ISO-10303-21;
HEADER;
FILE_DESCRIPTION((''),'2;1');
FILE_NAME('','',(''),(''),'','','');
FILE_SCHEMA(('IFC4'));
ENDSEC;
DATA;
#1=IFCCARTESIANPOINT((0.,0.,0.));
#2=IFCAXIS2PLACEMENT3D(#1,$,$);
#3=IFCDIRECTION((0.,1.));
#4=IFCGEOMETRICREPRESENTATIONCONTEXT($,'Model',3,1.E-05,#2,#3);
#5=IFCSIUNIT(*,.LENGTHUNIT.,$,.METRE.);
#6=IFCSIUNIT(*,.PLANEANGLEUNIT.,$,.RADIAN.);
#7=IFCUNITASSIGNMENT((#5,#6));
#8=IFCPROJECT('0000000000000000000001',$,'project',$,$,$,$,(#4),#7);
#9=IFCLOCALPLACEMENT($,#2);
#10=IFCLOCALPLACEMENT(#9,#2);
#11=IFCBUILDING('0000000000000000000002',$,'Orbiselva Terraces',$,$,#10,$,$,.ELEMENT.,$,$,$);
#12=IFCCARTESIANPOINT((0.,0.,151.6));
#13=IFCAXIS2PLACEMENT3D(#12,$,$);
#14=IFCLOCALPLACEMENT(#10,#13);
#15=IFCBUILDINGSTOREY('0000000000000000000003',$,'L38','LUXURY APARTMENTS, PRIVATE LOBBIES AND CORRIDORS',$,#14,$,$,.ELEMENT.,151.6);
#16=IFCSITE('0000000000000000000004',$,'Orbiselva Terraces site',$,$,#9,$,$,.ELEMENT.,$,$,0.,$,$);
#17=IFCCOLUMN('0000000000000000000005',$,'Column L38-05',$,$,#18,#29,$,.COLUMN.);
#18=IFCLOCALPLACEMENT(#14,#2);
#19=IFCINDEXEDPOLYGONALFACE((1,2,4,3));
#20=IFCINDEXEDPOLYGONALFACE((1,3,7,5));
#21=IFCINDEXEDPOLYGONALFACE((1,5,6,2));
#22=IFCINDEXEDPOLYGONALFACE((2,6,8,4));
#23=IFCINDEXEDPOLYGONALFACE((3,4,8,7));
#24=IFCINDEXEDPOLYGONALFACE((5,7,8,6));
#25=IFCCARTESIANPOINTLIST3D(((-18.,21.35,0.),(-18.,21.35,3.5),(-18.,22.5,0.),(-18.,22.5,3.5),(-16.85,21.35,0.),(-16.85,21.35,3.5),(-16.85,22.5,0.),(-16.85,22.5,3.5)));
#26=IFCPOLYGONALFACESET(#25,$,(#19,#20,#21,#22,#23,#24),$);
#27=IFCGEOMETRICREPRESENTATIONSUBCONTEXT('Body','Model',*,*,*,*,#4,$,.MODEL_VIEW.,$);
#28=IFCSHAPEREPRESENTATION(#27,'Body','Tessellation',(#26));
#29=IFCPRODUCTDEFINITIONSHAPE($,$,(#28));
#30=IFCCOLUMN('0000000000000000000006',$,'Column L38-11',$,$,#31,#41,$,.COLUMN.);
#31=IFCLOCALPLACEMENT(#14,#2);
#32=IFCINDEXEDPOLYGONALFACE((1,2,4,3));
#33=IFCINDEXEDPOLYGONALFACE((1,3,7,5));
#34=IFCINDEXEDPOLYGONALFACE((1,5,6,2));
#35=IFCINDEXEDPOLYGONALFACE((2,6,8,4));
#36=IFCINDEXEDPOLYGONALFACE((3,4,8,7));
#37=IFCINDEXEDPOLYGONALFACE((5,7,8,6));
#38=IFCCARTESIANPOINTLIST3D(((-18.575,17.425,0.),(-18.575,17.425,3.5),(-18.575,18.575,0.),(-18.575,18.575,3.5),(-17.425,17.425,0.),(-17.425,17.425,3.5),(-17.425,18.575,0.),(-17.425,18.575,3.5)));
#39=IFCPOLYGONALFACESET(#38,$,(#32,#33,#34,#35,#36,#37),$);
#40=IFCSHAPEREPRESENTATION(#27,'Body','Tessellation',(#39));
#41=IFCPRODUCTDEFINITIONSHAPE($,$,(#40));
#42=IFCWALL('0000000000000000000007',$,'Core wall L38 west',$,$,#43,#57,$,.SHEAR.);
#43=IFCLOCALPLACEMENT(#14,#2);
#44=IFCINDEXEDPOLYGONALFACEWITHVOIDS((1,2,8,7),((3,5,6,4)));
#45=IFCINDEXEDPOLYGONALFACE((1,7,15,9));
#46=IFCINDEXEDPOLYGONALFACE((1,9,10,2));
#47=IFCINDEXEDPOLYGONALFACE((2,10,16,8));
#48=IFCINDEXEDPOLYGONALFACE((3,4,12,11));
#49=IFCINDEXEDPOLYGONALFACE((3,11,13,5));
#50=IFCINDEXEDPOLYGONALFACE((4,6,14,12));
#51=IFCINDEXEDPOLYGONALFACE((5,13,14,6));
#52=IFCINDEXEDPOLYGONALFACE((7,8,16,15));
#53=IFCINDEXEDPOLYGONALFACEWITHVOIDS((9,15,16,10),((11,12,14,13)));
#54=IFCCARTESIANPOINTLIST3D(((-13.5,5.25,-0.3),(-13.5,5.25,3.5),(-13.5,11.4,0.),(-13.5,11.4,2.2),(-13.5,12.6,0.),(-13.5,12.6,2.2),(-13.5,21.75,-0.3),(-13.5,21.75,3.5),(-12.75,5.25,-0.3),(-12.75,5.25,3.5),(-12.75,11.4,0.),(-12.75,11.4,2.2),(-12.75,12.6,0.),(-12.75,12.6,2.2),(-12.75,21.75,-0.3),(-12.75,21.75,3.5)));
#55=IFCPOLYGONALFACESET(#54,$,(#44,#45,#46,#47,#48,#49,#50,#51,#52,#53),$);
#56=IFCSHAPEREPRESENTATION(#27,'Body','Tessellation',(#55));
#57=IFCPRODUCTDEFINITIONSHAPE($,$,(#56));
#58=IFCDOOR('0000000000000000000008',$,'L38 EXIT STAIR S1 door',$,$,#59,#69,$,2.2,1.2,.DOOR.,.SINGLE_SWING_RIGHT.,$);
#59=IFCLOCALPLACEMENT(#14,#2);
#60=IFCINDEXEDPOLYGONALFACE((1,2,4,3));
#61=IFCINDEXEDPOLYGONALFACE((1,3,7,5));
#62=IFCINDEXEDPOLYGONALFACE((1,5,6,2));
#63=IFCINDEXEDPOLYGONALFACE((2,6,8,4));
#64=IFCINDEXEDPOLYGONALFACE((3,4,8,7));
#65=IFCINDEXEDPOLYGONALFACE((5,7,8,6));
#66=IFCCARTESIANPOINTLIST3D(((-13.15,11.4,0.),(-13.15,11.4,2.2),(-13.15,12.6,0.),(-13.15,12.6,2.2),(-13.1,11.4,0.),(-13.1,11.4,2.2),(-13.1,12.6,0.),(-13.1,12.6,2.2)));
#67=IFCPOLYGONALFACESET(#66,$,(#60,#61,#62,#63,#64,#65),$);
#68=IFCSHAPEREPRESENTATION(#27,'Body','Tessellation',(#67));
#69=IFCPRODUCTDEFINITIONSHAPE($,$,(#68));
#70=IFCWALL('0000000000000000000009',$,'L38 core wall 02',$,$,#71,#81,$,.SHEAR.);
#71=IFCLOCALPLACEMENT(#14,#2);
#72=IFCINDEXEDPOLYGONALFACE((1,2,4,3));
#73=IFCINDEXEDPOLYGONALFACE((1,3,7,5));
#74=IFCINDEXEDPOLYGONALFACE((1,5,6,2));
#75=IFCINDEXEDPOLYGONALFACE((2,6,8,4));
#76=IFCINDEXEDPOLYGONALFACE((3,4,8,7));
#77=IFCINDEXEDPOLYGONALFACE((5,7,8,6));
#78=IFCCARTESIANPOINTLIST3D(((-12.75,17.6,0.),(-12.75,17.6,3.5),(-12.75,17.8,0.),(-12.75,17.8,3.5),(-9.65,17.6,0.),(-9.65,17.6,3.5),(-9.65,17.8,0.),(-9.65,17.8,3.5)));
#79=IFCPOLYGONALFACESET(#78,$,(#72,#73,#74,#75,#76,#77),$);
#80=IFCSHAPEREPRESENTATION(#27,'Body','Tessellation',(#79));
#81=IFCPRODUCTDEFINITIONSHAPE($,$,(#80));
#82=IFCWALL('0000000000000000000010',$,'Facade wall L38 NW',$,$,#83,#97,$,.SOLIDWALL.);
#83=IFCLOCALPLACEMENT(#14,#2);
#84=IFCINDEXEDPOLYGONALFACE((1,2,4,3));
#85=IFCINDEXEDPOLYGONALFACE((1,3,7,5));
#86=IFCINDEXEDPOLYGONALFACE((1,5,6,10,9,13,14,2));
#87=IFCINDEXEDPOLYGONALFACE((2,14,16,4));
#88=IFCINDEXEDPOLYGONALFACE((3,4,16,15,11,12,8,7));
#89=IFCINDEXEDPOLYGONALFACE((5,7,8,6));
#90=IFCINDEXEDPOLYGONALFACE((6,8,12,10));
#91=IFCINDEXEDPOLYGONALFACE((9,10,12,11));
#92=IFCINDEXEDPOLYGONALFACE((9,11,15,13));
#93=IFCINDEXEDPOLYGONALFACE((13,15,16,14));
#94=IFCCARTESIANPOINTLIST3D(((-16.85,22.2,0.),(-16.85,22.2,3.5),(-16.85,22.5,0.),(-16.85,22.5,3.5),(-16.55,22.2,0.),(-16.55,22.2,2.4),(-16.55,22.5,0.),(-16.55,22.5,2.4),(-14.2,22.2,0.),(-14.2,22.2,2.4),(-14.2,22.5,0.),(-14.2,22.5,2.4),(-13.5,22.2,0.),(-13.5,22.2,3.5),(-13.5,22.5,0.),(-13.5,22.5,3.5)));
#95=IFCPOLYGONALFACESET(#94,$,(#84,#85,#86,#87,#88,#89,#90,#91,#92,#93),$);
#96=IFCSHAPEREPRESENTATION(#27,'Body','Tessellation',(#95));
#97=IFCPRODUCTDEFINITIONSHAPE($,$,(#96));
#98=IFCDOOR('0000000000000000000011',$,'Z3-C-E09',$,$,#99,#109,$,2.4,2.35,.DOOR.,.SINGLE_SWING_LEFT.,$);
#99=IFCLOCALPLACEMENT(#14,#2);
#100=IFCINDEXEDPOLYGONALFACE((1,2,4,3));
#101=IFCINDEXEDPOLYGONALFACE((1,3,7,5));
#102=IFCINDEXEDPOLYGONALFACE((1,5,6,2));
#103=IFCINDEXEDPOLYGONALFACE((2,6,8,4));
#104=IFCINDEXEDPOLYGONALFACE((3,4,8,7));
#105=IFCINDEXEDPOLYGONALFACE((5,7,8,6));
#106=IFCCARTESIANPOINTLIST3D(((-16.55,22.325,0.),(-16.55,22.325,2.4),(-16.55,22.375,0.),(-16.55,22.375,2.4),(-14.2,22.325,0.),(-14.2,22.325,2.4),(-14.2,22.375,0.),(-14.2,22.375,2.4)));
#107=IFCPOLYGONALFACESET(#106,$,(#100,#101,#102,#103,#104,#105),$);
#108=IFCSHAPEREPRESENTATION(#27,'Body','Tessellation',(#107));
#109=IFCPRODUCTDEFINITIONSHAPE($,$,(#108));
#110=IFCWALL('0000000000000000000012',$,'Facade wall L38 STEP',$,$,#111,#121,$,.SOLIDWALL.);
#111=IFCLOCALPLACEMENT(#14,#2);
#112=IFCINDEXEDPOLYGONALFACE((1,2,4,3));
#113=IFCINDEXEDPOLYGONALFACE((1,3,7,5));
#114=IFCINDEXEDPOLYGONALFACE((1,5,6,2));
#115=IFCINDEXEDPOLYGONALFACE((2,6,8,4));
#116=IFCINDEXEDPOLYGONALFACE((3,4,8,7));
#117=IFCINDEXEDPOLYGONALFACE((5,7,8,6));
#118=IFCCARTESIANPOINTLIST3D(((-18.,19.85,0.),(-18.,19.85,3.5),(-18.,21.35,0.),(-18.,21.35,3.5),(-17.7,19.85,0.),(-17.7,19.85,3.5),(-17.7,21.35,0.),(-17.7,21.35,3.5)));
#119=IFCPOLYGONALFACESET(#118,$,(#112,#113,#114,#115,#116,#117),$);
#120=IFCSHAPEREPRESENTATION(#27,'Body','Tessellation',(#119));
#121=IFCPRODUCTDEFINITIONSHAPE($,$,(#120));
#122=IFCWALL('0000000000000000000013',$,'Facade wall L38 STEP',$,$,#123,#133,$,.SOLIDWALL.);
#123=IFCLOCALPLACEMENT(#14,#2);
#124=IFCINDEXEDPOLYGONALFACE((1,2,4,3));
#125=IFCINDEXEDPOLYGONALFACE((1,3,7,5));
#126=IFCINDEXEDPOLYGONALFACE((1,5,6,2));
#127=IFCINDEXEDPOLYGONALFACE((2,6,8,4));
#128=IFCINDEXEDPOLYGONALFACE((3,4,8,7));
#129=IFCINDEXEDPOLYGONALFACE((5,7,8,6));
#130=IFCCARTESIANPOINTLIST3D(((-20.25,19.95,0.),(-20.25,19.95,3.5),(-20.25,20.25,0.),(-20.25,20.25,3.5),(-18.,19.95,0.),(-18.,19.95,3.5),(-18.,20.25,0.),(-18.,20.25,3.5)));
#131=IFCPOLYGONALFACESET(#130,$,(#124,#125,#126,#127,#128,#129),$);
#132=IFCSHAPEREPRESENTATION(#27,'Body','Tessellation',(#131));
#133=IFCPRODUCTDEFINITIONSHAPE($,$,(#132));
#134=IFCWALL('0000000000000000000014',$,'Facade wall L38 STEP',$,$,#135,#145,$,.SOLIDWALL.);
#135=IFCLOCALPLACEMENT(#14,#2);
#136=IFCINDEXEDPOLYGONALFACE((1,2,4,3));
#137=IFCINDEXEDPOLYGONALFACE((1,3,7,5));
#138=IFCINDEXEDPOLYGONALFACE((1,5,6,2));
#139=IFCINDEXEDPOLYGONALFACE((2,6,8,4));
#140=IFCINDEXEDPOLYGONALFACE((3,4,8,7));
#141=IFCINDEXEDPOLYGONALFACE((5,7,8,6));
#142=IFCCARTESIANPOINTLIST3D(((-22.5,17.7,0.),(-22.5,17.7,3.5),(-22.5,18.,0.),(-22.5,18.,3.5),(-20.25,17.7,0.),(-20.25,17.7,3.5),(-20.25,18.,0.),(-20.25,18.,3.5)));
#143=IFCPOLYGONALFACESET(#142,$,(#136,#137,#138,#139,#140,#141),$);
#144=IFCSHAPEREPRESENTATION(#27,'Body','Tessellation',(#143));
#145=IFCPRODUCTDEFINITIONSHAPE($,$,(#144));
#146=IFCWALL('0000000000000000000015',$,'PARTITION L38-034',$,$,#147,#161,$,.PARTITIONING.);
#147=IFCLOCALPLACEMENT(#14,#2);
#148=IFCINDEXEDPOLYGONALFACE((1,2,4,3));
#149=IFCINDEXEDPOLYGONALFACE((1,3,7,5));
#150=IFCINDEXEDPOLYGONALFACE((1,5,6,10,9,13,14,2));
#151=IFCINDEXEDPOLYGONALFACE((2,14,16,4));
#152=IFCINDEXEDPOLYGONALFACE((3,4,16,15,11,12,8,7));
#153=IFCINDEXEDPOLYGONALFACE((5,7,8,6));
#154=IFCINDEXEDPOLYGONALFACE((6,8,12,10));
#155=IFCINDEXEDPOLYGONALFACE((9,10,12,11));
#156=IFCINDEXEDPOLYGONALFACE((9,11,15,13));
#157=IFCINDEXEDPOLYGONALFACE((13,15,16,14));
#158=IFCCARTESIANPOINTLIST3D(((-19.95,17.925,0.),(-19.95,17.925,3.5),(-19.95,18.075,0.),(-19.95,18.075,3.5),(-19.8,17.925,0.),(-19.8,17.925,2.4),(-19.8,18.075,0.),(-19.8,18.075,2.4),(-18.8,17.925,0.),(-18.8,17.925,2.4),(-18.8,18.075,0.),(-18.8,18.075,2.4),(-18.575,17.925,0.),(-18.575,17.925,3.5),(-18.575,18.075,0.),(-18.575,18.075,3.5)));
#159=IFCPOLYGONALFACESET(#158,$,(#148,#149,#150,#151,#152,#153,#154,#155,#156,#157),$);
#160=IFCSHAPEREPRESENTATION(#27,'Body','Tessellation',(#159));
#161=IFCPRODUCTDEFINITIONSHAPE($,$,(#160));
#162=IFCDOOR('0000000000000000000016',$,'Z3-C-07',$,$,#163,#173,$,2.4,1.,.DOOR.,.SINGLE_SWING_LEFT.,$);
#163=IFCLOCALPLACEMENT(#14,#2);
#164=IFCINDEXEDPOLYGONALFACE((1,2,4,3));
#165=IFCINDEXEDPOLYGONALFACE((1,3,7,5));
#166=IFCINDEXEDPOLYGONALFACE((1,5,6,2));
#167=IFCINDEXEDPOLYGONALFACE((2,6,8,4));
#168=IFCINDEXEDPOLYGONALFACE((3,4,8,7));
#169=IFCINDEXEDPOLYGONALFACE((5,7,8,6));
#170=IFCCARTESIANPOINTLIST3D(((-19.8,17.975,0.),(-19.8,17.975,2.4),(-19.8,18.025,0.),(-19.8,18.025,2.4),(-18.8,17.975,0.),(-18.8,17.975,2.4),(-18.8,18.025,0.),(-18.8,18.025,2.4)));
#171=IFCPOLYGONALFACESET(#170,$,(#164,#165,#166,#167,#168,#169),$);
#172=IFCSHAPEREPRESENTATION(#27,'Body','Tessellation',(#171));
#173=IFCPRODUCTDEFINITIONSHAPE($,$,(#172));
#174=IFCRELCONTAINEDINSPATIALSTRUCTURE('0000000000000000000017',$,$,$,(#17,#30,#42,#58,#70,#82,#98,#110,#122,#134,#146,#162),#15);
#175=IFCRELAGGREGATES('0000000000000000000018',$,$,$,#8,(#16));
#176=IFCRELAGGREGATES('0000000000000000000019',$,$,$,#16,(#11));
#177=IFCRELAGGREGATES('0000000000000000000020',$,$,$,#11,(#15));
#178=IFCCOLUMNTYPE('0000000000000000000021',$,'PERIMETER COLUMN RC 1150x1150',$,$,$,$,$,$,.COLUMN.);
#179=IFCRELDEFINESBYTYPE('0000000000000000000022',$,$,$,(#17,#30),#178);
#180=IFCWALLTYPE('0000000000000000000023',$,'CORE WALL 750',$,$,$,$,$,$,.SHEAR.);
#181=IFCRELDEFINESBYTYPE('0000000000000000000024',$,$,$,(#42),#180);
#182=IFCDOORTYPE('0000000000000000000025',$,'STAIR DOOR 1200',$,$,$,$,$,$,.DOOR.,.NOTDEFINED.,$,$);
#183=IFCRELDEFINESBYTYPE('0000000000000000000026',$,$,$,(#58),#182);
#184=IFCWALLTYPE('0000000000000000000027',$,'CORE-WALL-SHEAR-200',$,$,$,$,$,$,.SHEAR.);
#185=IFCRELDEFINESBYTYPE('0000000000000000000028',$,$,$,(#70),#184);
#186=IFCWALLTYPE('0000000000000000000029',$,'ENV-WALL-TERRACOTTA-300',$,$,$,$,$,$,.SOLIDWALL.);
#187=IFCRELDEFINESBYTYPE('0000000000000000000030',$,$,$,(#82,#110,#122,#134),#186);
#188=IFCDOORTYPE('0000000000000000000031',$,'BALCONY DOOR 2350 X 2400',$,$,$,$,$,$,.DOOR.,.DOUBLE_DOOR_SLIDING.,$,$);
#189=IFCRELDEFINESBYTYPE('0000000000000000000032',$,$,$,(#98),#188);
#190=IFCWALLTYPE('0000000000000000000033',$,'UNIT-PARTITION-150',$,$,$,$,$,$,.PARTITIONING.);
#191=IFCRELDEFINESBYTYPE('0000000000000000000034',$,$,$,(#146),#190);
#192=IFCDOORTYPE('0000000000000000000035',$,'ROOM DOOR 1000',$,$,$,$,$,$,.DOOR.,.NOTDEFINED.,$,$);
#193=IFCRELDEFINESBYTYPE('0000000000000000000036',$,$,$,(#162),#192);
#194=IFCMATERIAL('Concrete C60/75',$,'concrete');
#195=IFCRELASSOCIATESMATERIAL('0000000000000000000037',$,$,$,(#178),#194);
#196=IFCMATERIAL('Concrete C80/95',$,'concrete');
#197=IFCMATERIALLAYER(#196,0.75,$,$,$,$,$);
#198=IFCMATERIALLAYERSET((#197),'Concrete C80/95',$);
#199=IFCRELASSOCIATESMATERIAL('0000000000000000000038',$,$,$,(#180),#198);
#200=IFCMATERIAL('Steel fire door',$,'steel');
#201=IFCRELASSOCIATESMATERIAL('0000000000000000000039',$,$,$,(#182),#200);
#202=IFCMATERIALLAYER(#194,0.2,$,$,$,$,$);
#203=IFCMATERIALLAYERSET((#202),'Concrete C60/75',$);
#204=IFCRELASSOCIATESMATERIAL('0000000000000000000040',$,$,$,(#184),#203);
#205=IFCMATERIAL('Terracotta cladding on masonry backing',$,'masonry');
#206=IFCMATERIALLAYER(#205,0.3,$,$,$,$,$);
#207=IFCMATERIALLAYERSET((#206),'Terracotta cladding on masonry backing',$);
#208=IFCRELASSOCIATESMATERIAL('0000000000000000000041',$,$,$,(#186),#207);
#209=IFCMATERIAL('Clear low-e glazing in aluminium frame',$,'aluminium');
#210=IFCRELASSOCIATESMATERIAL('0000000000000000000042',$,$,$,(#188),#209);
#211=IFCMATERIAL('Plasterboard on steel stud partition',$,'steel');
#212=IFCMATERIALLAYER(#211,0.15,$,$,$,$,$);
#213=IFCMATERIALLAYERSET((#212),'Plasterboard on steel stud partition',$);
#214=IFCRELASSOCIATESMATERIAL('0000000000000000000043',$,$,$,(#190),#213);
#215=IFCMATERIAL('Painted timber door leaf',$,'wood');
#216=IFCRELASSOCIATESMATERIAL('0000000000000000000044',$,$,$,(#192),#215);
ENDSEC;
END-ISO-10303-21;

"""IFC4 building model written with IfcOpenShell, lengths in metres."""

from ifc_helpers import new_model, si_unit, direction, frame, frame_2d, origin, origin_2d, place, context, subcontext, project, spatial, rectangle, extrude, material, layer, layer_set, material_profile, profile_set, type_object, element, fill, save


model = new_model("IFC4")

# Units and contexts
model_context = context("Model", 3, precision=1e-05, world=origin(), true_north=direction((0.0, 1.0)))
body_context = subcontext(model_context, "Body", "Model", "MODEL_VIEW")
ifc_project = project(units=[si_unit("LENGTHUNIT", "METRE"), si_unit("PLANEANGLEUNIT", "RADIAN")], contexts=[model_context])

# Site, building, storey
site_placement = place(None, origin())
site = spatial("IfcSite", under=ifc_project, at=site_placement, Name="Orbiselva Terraces site", CompositionType="ELEMENT", RefElevation=0.0)
building_placement = place(site_placement, origin())
building = spatial("IfcBuilding", under=site, at=building_placement, Name="Orbiselva Terraces", CompositionType="ELEMENT")
storey_placement = place(building_placement, frame((0.0, 0.0, 151.6)))
storey = spatial("IfcBuildingStorey", under=building, at=storey_placement, Name="L38", Description="LUXURY APARTMENTS, PRIVATE LOBBIES AND CORRIDORS", CompositionType="ELEMENT", Elevation=151.6)

# Columns
ifc_material_1 = material(Name="Concrete C60/75", Category="concrete")
ifc_material_profile = material_profile(ifc_material_1, rectangle(XDim=1.15, YDim=1.15, at=origin_2d()), Name="RC 1150x1150")
ifc_profile_set = profile_set([ifc_material_profile], Name="Concrete C60/75")
column_type = type_object("IfcColumnType", Name="PERIMETER COLUMN RC 1150x1150", PredefinedType="COLUMN", material=ifc_profile_set)
for number, where, z_axis, x_axis, name in (
    (1, (-17.425, 21.925, 0.0), (0.0, 0.0, 1.0), (1.0, 0.0, 0.0), "Column L38-05"),
    (2, (-18.0, 18.0, 0.0), (0.0, 0.0, 1.0), (1.0, 0.0, 0.0), "Column L38-11"),
):
    element("IfcColumn", number, at=place(storey_placement, frame(where, z_axis=z_axis, x_axis=x_axis)), inside=storey, type_object=column_type, Name=name, PredefinedType="COLUMN", context=body_context, shape_type="SweptSolid", body=[
        extrude(rectangle(XDim=1.15, YDim=1.15, at=origin_2d()), origin(), (0.0, 0.0, 1.0), 3.5),
    ])

# Wall, opening, door
ifc_material_2 = material(Name="Concrete C80/95", Category="concrete")
ifc_layer_1 = layer(ifc_material_2, 0.75)
ifc_layer_set_1 = layer_set([ifc_layer_1], Name="Concrete C80/95")
wall_type_1 = type_object("IfcWallType", Name="CORE WALL 750", PredefinedType="SHEAR", material=ifc_layer_set_1)
wall_1_placement = place(storey_placement, frame((-13.125, 21.75, -0.3), z_axis=(0.0, 0.0, 1.0), x_axis=(0.0, -1.0, 0.0)))
wall_1 = element("IfcWall", 3, at=wall_1_placement, inside=storey, type_object=wall_type_1, Name="Core wall L38 west", PredefinedType="SHEAR", context=body_context, shape_type="SweptSolid", body=[
    extrude(rectangle(XDim=16.5, YDim=0.75, at=frame_2d((8.25, 0.0))), origin(), (0.0, 0.0, 1.0), 3.8),
])
opening_1_placement = place(wall_1_placement, frame((9.15, 0.0, 0.3)))
opening_1 = element("IfcOpeningElement", 4, at=opening_1_placement, cuts=wall_1, PredefinedType="OPENING", context=body_context, shape_type="SweptSolid", body=[
    extrude(rectangle(XDim=1.2, YDim=2.2, at=frame_2d((0.6, 1.1))), frame((0.0, 0.385, 0.0), z_axis=(0.0, -1.0, 0.0), x_axis=(1.0, 0.0, 0.0)), (0.0, 0.0, 1.0), 0.77),
])
ifc_material_3 = material(Name="Steel fire door", Category="steel")
door_type_1 = type_object("IfcDoorType", Name="STAIR DOOR 1200", OperationType="NOTDEFINED", PredefinedType="DOOR", material=ifc_material_3)
door_1_placement = place(opening_1_placement, frame((1.2, 0.0, 0.0), z_axis=(0.0, 0.0, 1.0), x_axis=(-1.0, 0.0, 0.0)))
door_1 = element("IfcDoor", 5, at=door_1_placement, inside=storey, type_object=door_type_1, Name="L38 EXIT STAIR S1 door", OperationType="SINGLE_SWING_RIGHT", OverallHeight=2.2, OverallWidth=1.2, PredefinedType="DOOR", context=body_context, shape_type="SweptSolid", body=[
    extrude(rectangle(XDim=1.2, YDim=2.2, at=frame_2d((0.6, 1.1))), frame((0.0, 0.025, 0.0), z_axis=(0.0, -1.0, 0.0), x_axis=(1.0, 0.0, 0.0)), (0.0, 0.0, 1.0), 0.05),
])
fill(opening_1, door_1)

# Wall
ifc_layer_2 = layer(ifc_material_1, 0.2)
ifc_layer_set_2 = layer_set([ifc_layer_2], Name="Concrete C60/75")
wall_type_2 = type_object("IfcWallType", Name="CORE-WALL-SHEAR-200", PredefinedType="SHEAR", material=ifc_layer_set_2)
wall_2_placement = place(storey_placement, frame((-12.75, 17.7, 0.0), z_axis=(0.0, 0.0, 1.0), x_axis=(1.0, 0.0, 0.0)))
element("IfcWall", 6, at=wall_2_placement, inside=storey, type_object=wall_type_2, Name="L38 core wall 02", PredefinedType="SHEAR", context=body_context, shape_type="SweptSolid", body=[
    extrude(rectangle(XDim=3.1, YDim=0.2, at=frame_2d((1.55, 0.0))), origin(), (0.0, 0.0, 1.0), 3.5),
])

# Wall, opening, door
ifc_material_4 = material(Name="Terracotta cladding on masonry backing", Category="masonry")
ifc_layer_3 = layer(ifc_material_4, 0.3)
ifc_layer_set_3 = layer_set([ifc_layer_3], Name="Terracotta cladding on masonry backing")
wall_type_3 = type_object("IfcWallType", Name="ENV-WALL-TERRACOTTA-300", PredefinedType="SOLIDWALL", material=ifc_layer_set_3)
wall_3_placement = place(storey_placement, frame((-16.85, 22.35, 0.0), z_axis=(0.0, 0.0, 1.0), x_axis=(1.0, 0.0, 0.0)))
wall_3 = element("IfcWall", 7, at=wall_3_placement, inside=storey, type_object=wall_type_3, Name="Facade wall L38 NW", PredefinedType="SOLIDWALL", context=body_context, shape_type="SweptSolid", body=[
    extrude(rectangle(XDim=3.35, YDim=0.3, at=frame_2d((1.675, 0.0))), origin(), (0.0, 0.0, 1.0), 3.5),
])
opening_2_placement = place(wall_3_placement, frame((0.3, 0.0, 0.0)))
opening_2 = element("IfcOpeningElement", 8, at=opening_2_placement, cuts=wall_3, PredefinedType="OPENING", context=body_context, shape_type="SweptSolid", body=[
    extrude(rectangle(XDim=2.35, YDim=2.4, at=frame_2d((1.175, 1.2))), frame((0.0, 0.16, 0.0), z_axis=(0.0, -1.0, 0.0), x_axis=(1.0, 0.0, 0.0)), (0.0, 0.0, 1.0), 0.32),
])
ifc_material_5 = material(Name="Clear low-e glazing in aluminium frame", Category="aluminium")
door_type_2 = type_object("IfcDoorType", Name="BALCONY DOOR 2350 X 2400", OperationType="DOUBLE_DOOR_SLIDING", PredefinedType="DOOR", material=ifc_material_5)
door_2_placement = place(opening_2_placement, origin())
door_2 = element("IfcDoor", 9, at=door_2_placement, inside=storey, type_object=door_type_2, Name="Z3-C-E09", OperationType="SINGLE_SWING_LEFT", OverallHeight=2.4, OverallWidth=2.35, PredefinedType="DOOR", context=body_context, shape_type="SweptSolid", body=[
    extrude(rectangle(XDim=2.35, YDim=2.4, at=frame_2d((1.175, 1.2))), frame((0.0, 0.025, 0.0), z_axis=(0.0, -1.0, 0.0), x_axis=(1.0, 0.0, 0.0)), (0.0, 0.0, 1.0), 0.05),
])
fill(opening_2, door_2)

# Walls
wall_4_placement = place(storey_placement, frame((-17.85, 19.85, 0.0), z_axis=(0.0, 0.0, 1.0), x_axis=(0.0, 1.0, 0.0)))
element("IfcWall", 10, at=wall_4_placement, inside=storey, type_object=wall_type_3, Name="Facade wall L38 STEP", PredefinedType="SOLIDWALL", context=body_context, shape_type="SweptSolid", body=[
    extrude(rectangle(XDim=1.5, YDim=0.3, at=frame_2d((0.75, 0.0))), origin(), (0.0, 0.0, 1.0), 3.5),
])
for number, where, z_axis, x_axis, name in (
    (11, (-20.25, 20.1, 0.0), (0.0, 0.0, 1.0), (1.0, 0.0, 0.0), "Facade wall L38 STEP"),
    (12, (-22.5, 17.85, 0.0), (0.0, 0.0, 1.0), (1.0, 0.0, 0.0), "Facade wall L38 STEP"),
):
    element("IfcWall", number, at=place(storey_placement, frame(where, z_axis=z_axis, x_axis=x_axis)), inside=storey, type_object=wall_type_3, Name=name, PredefinedType="SOLIDWALL", context=body_context, shape_type="SweptSolid", body=[
        extrude(rectangle(XDim=2.25, YDim=0.3, at=frame_2d((1.125, 0.0))), origin(), (0.0, 0.0, 1.0), 3.5),
    ])

# Wall, opening, door
ifc_material_6 = material(Name="Plasterboard on steel stud partition", Category="steel")
ifc_layer_4 = layer(ifc_material_6, 0.15)
ifc_layer_set_4 = layer_set([ifc_layer_4], Name="Plasterboard on steel stud partition")
wall_type_4 = type_object("IfcWallType", Name="UNIT-PARTITION-150", PredefinedType="PARTITIONING", material=ifc_layer_set_4)
wall_5_placement = place(storey_placement, frame((-19.95, 18.0, 0.0), z_axis=(0.0, 0.0, 1.0), x_axis=(1.0, 0.0, 0.0)))
wall_5 = element("IfcWall", 13, at=wall_5_placement, inside=storey, type_object=wall_type_4, Name="PARTITION L38-034", PredefinedType="PARTITIONING", context=body_context, shape_type="SweptSolid", body=[
    extrude(rectangle(XDim=1.375, YDim=0.15, at=frame_2d((0.6875, 0.0))), origin(), (0.0, 0.0, 1.0), 3.5),
])
opening_3_placement = place(wall_5_placement, frame((0.15, 0.0, 0.0)))
opening_3 = element("IfcOpeningElement", 14, at=opening_3_placement, cuts=wall_5, PredefinedType="OPENING", context=body_context, shape_type="SweptSolid", body=[
    extrude(rectangle(XDim=1.0, YDim=2.4, at=frame_2d((0.5, 1.2))), frame((0.0, 0.085, 0.0), z_axis=(0.0, -1.0, 0.0), x_axis=(1.0, 0.0, 0.0)), (0.0, 0.0, 1.0), 0.17),
])
ifc_material_7 = material(Name="Painted timber door leaf", Category="wood")
door_type_3 = type_object("IfcDoorType", Name="ROOM DOOR 1000", OperationType="NOTDEFINED", PredefinedType="DOOR", material=ifc_material_7)
door_3_placement = place(opening_3_placement, origin())
door_3 = element("IfcDoor", 15, at=door_3_placement, inside=storey, type_object=door_type_3, Name="Z3-C-07", OperationType="SINGLE_SWING_LEFT", OverallHeight=2.4, OverallWidth=1.0, PredefinedType="DOOR", context=body_context, shape_type="SweptSolid", body=[
    extrude(rectangle(XDim=1.0, YDim=2.4, at=frame_2d((0.5, 1.2))), frame((0.0, 0.025, 0.0), z_axis=(0.0, -1.0, 0.0), x_axis=(1.0, 0.0, 0.0)), (0.0, 0.0, 1.0), 0.05),
])
fill(opening_3, door_3)

save(model, "model.ifc")
